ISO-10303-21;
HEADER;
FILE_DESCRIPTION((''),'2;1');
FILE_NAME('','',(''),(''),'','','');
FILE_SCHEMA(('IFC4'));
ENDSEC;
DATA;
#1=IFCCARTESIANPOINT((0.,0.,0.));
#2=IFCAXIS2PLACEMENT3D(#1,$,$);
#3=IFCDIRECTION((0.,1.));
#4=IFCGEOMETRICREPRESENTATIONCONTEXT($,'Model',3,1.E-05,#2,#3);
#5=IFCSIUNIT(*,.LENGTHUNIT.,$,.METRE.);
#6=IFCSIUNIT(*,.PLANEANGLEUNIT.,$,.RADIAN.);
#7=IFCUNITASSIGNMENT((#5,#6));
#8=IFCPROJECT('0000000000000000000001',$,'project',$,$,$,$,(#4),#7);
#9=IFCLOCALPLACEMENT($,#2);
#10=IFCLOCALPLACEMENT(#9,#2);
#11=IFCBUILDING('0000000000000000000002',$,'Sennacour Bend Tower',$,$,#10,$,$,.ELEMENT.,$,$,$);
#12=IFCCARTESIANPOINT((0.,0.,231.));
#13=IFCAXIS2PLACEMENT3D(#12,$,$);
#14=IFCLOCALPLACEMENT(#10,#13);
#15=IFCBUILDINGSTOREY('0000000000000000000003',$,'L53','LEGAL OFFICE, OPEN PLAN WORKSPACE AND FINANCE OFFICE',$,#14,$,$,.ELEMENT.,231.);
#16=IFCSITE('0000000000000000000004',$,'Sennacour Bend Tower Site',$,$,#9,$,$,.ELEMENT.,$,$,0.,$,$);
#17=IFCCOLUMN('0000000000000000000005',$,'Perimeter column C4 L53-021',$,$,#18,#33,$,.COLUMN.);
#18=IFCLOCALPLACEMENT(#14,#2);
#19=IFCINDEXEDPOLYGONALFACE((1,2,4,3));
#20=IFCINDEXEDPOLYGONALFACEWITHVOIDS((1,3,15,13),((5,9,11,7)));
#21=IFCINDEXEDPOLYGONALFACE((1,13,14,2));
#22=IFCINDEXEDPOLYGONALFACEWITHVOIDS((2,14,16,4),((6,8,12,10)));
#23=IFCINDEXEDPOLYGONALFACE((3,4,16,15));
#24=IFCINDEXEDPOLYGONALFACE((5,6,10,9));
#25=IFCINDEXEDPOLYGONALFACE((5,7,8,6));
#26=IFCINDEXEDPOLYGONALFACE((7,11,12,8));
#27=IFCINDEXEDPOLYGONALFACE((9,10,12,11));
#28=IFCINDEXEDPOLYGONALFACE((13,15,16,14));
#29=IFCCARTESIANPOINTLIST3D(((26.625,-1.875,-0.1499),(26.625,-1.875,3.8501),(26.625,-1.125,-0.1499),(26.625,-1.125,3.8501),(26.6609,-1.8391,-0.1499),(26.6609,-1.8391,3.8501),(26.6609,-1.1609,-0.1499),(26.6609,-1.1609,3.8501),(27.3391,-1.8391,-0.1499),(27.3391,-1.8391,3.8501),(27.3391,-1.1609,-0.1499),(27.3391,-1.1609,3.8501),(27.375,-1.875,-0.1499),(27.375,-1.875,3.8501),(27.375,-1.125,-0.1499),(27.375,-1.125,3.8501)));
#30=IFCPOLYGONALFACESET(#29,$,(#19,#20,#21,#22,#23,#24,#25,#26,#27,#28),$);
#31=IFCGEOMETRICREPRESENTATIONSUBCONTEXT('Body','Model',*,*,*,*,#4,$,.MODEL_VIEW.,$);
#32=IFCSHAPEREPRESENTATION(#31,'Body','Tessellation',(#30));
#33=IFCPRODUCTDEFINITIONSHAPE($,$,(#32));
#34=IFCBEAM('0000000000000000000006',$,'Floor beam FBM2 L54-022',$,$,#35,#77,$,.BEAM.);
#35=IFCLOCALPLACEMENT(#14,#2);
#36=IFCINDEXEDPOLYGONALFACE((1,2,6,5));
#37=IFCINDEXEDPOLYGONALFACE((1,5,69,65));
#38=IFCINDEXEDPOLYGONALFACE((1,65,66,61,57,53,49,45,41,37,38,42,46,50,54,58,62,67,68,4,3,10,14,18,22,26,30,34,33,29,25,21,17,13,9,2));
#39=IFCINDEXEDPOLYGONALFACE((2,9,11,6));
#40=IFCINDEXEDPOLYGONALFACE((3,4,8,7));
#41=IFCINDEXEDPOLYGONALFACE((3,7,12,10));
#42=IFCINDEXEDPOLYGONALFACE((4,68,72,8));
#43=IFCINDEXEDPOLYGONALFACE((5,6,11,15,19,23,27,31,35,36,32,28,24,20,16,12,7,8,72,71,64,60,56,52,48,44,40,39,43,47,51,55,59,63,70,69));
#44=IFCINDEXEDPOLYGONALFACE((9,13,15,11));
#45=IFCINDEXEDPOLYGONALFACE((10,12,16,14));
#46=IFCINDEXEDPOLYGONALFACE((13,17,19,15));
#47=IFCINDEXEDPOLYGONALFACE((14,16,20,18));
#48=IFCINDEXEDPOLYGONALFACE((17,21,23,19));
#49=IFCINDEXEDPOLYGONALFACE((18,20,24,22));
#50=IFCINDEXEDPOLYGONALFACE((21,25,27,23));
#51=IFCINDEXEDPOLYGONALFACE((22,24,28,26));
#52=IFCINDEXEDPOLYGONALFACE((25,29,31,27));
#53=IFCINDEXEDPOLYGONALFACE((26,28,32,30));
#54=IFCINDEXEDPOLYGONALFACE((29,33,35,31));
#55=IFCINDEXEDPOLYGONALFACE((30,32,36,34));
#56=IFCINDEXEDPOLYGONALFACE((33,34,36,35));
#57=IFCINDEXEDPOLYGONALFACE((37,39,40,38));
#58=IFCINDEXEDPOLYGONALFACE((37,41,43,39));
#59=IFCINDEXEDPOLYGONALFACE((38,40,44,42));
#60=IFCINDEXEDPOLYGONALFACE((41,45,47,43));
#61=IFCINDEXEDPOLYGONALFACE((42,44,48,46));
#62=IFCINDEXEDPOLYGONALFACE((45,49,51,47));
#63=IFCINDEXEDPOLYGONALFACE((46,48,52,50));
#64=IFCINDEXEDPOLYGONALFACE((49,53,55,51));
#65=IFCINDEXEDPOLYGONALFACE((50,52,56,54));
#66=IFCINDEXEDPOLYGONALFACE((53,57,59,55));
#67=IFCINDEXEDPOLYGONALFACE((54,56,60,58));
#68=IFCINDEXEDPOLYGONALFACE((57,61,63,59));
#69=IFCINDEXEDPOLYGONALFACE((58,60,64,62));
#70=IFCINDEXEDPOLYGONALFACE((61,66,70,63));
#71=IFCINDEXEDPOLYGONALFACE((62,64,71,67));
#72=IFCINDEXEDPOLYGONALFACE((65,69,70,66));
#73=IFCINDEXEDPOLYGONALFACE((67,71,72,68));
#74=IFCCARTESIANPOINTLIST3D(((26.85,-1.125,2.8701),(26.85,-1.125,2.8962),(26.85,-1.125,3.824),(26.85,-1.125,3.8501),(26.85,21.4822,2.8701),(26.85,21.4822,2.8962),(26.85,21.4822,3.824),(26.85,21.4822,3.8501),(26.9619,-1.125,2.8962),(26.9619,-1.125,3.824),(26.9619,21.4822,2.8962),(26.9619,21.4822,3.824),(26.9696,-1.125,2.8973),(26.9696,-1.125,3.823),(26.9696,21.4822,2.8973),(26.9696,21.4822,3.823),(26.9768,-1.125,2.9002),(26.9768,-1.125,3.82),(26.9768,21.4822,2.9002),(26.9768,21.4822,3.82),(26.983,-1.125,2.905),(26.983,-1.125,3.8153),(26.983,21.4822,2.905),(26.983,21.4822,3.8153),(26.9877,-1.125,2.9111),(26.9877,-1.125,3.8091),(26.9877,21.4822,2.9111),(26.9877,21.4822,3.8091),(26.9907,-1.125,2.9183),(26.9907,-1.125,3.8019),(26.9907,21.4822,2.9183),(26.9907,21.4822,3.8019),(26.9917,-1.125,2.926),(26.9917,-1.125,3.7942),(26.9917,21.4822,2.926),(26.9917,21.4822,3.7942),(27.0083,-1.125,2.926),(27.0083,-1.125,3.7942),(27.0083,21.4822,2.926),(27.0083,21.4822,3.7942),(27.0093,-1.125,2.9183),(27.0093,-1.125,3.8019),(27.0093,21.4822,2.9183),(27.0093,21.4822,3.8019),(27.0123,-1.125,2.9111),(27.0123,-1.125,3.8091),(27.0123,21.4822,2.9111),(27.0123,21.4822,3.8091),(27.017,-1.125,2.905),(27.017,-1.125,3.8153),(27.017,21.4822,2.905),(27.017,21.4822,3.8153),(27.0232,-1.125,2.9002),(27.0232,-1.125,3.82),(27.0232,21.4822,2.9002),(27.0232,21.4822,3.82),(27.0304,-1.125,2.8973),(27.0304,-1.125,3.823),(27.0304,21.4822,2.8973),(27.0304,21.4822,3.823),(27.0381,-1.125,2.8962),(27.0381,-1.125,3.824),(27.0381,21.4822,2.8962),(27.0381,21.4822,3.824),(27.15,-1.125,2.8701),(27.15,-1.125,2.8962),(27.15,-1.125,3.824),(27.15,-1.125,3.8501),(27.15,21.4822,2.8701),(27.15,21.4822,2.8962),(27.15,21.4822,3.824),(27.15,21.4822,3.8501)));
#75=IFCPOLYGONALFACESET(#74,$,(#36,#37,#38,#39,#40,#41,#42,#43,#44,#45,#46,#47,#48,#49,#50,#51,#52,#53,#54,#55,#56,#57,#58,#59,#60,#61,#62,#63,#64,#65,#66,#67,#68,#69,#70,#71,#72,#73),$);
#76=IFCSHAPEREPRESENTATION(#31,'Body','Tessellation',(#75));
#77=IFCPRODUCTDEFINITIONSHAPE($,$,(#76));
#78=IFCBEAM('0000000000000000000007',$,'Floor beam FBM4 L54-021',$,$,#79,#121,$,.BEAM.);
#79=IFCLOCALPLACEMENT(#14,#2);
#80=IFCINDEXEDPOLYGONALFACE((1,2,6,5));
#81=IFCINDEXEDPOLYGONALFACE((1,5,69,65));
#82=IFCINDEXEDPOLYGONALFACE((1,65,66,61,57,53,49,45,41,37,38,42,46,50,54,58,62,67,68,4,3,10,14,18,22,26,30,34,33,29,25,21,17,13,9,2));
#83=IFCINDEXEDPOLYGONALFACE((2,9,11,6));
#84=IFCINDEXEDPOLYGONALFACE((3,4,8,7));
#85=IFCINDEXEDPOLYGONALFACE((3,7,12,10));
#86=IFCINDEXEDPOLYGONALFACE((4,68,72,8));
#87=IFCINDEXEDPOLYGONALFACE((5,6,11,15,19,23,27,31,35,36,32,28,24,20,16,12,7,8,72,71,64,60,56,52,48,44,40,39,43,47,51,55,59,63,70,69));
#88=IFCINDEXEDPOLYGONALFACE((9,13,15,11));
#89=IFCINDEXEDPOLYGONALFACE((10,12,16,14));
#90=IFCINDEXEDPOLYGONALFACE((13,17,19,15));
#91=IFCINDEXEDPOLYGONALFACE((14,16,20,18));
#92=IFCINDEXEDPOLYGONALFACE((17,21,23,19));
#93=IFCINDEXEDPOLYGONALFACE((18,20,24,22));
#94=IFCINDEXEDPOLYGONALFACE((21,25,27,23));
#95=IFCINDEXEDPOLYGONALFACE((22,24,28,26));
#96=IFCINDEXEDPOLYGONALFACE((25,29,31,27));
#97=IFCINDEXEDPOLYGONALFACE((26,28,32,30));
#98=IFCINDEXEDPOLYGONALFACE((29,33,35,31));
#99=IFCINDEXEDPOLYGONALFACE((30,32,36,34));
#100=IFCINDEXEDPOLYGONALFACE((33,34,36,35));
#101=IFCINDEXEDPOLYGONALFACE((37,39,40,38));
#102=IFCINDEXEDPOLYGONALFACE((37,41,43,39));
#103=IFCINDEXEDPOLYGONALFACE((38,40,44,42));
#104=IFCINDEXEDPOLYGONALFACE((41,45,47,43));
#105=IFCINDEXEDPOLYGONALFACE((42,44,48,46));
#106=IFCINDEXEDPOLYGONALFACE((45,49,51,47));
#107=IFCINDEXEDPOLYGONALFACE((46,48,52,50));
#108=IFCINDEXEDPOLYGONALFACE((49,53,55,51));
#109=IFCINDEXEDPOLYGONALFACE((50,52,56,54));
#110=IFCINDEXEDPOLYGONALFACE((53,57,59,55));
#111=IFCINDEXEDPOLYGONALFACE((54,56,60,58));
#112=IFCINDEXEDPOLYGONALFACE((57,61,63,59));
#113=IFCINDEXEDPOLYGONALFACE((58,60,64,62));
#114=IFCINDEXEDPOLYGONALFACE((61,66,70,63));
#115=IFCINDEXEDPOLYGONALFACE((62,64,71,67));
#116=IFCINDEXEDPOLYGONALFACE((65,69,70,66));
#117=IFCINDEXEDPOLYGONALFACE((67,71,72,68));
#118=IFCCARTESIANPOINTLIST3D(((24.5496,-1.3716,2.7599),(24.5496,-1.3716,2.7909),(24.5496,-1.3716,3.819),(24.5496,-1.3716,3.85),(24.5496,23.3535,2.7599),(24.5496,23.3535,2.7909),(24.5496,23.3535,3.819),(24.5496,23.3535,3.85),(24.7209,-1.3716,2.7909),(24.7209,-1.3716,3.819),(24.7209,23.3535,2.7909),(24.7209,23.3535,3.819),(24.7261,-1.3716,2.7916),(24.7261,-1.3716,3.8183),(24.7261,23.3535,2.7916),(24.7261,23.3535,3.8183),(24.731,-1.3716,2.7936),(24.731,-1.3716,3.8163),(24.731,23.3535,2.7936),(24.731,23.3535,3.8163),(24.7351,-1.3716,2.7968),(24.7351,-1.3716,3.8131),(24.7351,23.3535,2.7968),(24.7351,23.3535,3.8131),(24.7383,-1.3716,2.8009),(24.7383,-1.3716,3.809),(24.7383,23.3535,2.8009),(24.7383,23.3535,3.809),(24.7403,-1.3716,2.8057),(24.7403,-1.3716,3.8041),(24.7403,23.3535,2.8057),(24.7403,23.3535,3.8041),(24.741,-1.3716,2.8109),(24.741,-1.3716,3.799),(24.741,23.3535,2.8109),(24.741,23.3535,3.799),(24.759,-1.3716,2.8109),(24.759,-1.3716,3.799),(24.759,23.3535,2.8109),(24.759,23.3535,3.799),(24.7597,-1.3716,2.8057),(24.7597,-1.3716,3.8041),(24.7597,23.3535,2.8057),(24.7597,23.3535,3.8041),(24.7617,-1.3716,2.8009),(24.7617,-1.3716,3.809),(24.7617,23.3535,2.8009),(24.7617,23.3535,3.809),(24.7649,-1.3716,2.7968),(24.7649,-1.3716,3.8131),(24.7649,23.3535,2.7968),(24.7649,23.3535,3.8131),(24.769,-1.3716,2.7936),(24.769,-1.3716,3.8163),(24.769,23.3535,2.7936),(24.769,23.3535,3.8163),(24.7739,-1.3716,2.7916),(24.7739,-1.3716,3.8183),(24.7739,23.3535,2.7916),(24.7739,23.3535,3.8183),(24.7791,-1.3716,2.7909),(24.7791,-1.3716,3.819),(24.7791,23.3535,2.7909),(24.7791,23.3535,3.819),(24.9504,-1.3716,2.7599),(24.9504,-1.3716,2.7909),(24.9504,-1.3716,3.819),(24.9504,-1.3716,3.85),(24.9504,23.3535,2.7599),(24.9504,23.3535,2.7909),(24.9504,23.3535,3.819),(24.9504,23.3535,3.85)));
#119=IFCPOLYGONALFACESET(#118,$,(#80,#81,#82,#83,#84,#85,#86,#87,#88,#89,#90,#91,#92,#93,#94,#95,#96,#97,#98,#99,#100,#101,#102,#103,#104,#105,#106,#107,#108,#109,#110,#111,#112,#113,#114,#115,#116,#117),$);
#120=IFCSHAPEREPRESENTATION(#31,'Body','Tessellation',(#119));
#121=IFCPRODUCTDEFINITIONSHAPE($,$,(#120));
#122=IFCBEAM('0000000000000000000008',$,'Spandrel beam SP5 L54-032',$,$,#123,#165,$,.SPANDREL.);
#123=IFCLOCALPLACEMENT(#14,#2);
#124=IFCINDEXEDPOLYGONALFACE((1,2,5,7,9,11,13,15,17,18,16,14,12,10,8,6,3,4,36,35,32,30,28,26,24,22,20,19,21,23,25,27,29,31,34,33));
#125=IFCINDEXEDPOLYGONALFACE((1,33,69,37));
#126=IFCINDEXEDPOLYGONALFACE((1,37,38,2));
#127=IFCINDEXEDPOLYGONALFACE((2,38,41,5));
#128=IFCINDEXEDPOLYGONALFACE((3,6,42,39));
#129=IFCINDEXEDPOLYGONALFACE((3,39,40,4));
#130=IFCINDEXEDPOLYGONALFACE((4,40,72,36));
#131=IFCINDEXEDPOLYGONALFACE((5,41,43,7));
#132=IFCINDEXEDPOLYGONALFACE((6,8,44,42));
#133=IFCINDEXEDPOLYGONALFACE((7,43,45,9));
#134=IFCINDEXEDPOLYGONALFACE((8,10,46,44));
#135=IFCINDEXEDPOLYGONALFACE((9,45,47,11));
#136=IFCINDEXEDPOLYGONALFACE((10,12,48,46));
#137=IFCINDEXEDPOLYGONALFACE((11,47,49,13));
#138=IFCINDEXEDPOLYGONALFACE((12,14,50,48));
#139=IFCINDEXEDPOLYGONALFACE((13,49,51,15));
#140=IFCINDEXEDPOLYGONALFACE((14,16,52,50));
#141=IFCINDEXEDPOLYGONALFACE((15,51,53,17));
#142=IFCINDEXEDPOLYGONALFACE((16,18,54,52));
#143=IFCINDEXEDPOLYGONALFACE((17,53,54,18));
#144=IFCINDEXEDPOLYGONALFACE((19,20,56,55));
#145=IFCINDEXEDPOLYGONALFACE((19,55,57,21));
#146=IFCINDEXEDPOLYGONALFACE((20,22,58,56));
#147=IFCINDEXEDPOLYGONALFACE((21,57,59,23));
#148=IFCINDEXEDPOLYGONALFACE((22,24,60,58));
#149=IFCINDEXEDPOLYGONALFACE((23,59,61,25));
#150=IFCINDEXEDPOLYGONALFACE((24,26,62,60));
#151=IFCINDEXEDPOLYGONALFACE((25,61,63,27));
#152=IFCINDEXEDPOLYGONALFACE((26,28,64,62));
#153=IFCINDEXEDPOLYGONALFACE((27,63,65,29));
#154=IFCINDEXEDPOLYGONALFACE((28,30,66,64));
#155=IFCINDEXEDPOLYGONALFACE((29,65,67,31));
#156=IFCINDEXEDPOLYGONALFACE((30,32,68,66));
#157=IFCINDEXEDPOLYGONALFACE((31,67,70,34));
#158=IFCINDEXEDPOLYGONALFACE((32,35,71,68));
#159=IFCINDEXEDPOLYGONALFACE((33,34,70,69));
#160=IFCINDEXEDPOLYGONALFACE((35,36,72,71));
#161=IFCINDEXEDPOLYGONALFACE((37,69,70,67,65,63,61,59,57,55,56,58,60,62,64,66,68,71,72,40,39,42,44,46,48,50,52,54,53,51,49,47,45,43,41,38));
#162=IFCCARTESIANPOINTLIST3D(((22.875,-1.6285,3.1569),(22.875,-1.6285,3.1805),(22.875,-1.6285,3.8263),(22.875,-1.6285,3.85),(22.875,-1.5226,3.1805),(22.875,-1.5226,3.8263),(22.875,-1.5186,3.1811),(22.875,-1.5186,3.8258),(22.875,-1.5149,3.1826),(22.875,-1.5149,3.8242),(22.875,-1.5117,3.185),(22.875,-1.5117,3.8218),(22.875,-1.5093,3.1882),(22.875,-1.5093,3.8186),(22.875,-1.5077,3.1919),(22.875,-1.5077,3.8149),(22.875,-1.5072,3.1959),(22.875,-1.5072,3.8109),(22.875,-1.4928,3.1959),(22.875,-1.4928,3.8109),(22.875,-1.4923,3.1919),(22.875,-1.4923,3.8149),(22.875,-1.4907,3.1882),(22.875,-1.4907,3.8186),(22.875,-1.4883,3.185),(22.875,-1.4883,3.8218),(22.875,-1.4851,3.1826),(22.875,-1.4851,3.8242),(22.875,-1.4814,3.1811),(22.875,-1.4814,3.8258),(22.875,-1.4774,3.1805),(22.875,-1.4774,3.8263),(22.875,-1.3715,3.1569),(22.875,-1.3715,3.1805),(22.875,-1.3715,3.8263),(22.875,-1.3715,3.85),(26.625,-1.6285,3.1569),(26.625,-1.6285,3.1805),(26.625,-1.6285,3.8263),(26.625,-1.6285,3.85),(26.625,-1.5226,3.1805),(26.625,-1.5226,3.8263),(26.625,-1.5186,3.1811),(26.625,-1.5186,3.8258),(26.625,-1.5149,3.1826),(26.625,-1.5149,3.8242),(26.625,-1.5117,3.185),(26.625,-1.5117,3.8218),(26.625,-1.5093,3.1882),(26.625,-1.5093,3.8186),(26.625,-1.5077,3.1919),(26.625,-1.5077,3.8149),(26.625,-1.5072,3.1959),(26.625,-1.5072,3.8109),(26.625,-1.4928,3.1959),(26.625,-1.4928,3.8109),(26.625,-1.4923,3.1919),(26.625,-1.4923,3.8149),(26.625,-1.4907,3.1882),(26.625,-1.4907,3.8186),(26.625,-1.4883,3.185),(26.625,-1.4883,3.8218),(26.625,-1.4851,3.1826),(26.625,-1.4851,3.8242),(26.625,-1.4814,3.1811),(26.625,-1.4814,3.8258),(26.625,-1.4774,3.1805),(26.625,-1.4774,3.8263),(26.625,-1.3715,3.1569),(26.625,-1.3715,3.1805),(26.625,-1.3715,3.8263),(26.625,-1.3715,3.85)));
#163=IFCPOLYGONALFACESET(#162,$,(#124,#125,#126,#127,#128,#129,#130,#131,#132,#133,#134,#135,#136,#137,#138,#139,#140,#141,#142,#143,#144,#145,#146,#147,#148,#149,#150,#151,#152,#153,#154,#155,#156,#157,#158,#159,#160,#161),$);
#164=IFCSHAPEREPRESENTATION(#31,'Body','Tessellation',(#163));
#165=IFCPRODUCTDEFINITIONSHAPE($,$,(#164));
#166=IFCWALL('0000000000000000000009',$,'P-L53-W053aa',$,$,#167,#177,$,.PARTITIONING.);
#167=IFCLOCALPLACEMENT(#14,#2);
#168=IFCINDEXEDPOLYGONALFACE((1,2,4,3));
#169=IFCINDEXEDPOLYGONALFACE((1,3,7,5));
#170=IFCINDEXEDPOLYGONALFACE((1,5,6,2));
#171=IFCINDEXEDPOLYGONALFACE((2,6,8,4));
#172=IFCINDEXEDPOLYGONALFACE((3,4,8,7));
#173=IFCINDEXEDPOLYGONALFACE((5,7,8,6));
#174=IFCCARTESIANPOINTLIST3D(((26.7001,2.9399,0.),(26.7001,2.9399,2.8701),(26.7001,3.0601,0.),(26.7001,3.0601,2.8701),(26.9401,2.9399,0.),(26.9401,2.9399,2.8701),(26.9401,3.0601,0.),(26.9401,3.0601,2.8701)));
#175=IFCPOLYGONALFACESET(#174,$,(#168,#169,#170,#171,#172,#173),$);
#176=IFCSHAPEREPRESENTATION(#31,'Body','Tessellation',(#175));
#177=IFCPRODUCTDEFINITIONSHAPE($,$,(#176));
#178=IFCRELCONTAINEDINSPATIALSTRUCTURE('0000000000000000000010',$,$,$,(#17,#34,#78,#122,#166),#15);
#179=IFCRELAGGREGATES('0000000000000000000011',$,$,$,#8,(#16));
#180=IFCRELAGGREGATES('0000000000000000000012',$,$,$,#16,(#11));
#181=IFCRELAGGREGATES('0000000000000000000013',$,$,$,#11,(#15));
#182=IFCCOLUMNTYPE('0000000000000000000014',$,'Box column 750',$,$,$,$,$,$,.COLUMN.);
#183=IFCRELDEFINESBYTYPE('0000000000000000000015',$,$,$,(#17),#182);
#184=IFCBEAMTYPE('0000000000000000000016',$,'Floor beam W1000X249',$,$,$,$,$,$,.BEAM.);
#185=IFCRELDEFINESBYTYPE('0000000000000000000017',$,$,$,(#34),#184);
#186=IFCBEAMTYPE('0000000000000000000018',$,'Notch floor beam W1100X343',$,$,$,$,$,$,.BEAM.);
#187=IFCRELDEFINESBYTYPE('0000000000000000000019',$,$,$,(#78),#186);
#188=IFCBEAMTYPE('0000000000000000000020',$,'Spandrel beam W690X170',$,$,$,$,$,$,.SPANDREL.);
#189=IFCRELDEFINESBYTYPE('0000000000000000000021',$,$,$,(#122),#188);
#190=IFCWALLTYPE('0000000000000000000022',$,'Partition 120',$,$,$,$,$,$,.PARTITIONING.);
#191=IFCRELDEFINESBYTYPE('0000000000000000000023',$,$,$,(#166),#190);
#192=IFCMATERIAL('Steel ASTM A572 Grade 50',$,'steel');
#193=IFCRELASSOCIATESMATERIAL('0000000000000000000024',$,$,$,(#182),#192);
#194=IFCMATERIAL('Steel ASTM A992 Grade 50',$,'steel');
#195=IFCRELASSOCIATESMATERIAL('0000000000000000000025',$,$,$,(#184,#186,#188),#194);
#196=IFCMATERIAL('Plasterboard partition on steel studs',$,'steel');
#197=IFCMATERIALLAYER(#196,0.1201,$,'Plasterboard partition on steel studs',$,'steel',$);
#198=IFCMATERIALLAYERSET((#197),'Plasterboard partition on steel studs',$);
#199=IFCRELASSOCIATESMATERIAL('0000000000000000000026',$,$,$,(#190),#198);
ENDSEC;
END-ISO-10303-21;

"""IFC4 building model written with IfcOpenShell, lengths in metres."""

from ifc_helpers import new_model, si_unit, direction, frame, frame_2d, origin, origin_2d, place, context, subcontext, project, spatial, rectangle, hollow_rectangle, i_section, extrude, material, layer, layer_set, material_profile, profile_set, type_object, element, save


model = new_model("IFC4")

# Units and contexts
model_context = context("Model", 3, precision=1e-05, world=origin(), true_north=direction((0.0, 1.0)))
body_context = subcontext(model_context, "Body", "Model", "MODEL_VIEW")
ifc_project = project(units=[si_unit("LENGTHUNIT", "METRE"), si_unit("PLANEANGLEUNIT", "RADIAN")], contexts=[model_context])

# Site, building, storey
site_placement = place(None, origin())
site = spatial("IfcSite", under=ifc_project, at=site_placement, Name="Sennacour Bend Tower Site", CompositionType="ELEMENT", RefElevation=0.0)
building_placement = place(site_placement, origin())
building = spatial("IfcBuilding", under=site, at=building_placement, Name="Sennacour Bend Tower", CompositionType="ELEMENT")
storey_placement = place(building_placement, frame((0.0, 0.0, 231.0)))
storey = spatial("IfcBuildingStorey", under=building, at=storey_placement, Name="L53", Description="LEGAL OFFICE, OPEN PLAN WORKSPACE AND FINANCE OFFICE", CompositionType="ELEMENT", Elevation=231.0)

# Column
ifc_material_1 = material(Name="Steel ASTM A572 Grade 50", Category="steel")
ifc_material_profile_1 = material_profile(ifc_material_1, hollow_rectangle(XDim=0.75, YDim=0.75, WallThickness=0.0359, at=origin_2d()), Name="Steel ASTM A572 Grade 50", Category="steel")
ifc_profile_set_1 = profile_set([ifc_material_profile_1], Name="Steel ASTM A572 Grade 50")
column_type = type_object("IfcColumnType", Name="Box column 750", PredefinedType="COLUMN", material=ifc_profile_set_1)
column_placement = place(storey_placement, frame((27.0, -1.5, -0.1499), z_axis=(0.0, 0.0, 1.0), x_axis=(1.0, 0.0, 0.0)))
element("IfcColumn", 1, at=column_placement, inside=storey, type_object=column_type, Name="Perimeter column C4 L53-021", PredefinedType="COLUMN", context=body_context, shape_type="SweptSolid", body=[
    extrude(hollow_rectangle(XDim=0.75, YDim=0.75, WallThickness=0.0359, at=origin_2d()), origin(), (0.0, 0.0, 1.0), 4.0),
])

# Beams
ifc_material_2 = material(Name="Steel ASTM A992 Grade 50", Category="steel")
ifc_material_profile_2 = material_profile(ifc_material_2, i_section(OverallWidth=0.3, OverallDepth=0.98, WebThickness=0.0166, FlangeThickness=0.0261, FilletRadius=0.0298, at=origin_2d()), Name="Steel ASTM A992 Grade 50", Category="steel")
ifc_profile_set_2 = profile_set([ifc_material_profile_2], Name="Steel ASTM A992 Grade 50")
beam_type_1 = type_object("IfcBeamType", Name="Floor beam W1000X249", PredefinedType="BEAM", material=ifc_profile_set_2)
beam_1_placement = place(storey_placement, frame((27.0, -1.125, 3.3601), z_axis=(0.0, 1.0, 0.0), x_axis=(-1.0, 0.0, 0.0)))
element("IfcBeam", 2, at=beam_1_placement, inside=storey, type_object=beam_type_1, Name="Floor beam FBM2 L54-022", PredefinedType="BEAM", context=body_context, shape_type="SweptSolid", body=[
    extrude(i_section(OverallWidth=0.3, OverallDepth=0.98, WebThickness=0.0166, FlangeThickness=0.0261, FilletRadius=0.0298, at=origin_2d()), origin(), (0.0, 0.0, 1.0), 22.6072),
])
ifc_material_profile_3 = material_profile(ifc_material_2, i_section(OverallWidth=0.4009, OverallDepth=1.0901, WebThickness=0.0181, FlangeThickness=0.031, FilletRadius=0.02, at=origin_2d()), Name="Steel ASTM A992 Grade 50", Category="steel")
ifc_profile_set_3 = profile_set([ifc_material_profile_3], Name="Steel ASTM A992 Grade 50")
beam_type_2 = type_object("IfcBeamType", Name="Notch floor beam W1100X343", PredefinedType="BEAM", material=ifc_profile_set_3)
beam_2_placement = place(storey_placement, frame((24.75, -1.3716, 3.3049), z_axis=(0.0, 1.0, 0.0), x_axis=(-1.0, 0.0, 0.0)))
element("IfcBeam", 3, at=beam_2_placement, inside=storey, type_object=beam_type_2, Name="Floor beam FBM4 L54-021", PredefinedType="BEAM", context=body_context, shape_type="SweptSolid", body=[
    extrude(i_section(OverallWidth=0.4009, OverallDepth=1.0901, WebThickness=0.0181, FlangeThickness=0.031, FilletRadius=0.02, at=origin_2d()), origin(), (0.0, 0.0, 1.0), 24.7251),
])
ifc_material_profile_4 = material_profile(ifc_material_2, i_section(OverallWidth=0.2571, OverallDepth=0.6931, WebThickness=0.0144, FlangeThickness=0.0237, FilletRadius=0.0154, at=origin_2d()), Name="Steel ASTM A992 Grade 50", Category="steel")
ifc_profile_set_4 = profile_set([ifc_material_profile_4], Name="Steel ASTM A992 Grade 50")
beam_type_3 = type_object("IfcBeamType", Name="Spandrel beam W690X170", PredefinedType="SPANDREL", material=ifc_profile_set_4)
beam_3_placement = place(storey_placement, frame((26.625, -1.5, 3.5034), z_axis=(-1.0, 0.0, 0.0), x_axis=(0.0, -1.0, 0.0)))
element("IfcBeam", 4, at=beam_3_placement, inside=storey, type_object=beam_type_3, Name="Spandrel beam SP5 L54-032", PredefinedType="SPANDREL", context=body_context, shape_type="SweptSolid", body=[
    extrude(i_section(OverallWidth=0.2571, OverallDepth=0.6931, WebThickness=0.0144, FlangeThickness=0.0237, FilletRadius=0.0154, at=origin_2d()), origin(), (0.0, 0.0, 1.0), 3.75),
])

# Wall
ifc_material_3 = material(Name="Plasterboard partition on steel studs", Category="steel")
ifc_layer_1 = layer(ifc_material_3, 0.1201, Name="Plasterboard partition on steel studs", Category="steel")
ifc_layer_set_1 = layer_set([ifc_layer_1], Name="Plasterboard partition on steel studs")
wall_type_1 = type_object("IfcWallType", Name="Partition 120", PredefinedType="PARTITIONING", material=ifc_layer_set_1)
wall_1_placement = place(storey_placement, frame((26.7, 3.0, 0.0), z_axis=(0.0, 0.0, 1.0), x_axis=(1.0, 0.0, 0.0)))
element("IfcWall", 5, at=wall_1_placement, inside=storey, type_object=wall_type_1, Name="P-L53-W053aa", PredefinedType="PARTITIONING", context=body_context, shape_type="SweptSolid", body=[
    extrude(rectangle(XDim=0.24, YDim=0.1201, at=frame_2d((0.1201, 0.0))), origin(), (0.0, 0.0, 1.0), 2.8701),
])

save(model, "model.ifc")
